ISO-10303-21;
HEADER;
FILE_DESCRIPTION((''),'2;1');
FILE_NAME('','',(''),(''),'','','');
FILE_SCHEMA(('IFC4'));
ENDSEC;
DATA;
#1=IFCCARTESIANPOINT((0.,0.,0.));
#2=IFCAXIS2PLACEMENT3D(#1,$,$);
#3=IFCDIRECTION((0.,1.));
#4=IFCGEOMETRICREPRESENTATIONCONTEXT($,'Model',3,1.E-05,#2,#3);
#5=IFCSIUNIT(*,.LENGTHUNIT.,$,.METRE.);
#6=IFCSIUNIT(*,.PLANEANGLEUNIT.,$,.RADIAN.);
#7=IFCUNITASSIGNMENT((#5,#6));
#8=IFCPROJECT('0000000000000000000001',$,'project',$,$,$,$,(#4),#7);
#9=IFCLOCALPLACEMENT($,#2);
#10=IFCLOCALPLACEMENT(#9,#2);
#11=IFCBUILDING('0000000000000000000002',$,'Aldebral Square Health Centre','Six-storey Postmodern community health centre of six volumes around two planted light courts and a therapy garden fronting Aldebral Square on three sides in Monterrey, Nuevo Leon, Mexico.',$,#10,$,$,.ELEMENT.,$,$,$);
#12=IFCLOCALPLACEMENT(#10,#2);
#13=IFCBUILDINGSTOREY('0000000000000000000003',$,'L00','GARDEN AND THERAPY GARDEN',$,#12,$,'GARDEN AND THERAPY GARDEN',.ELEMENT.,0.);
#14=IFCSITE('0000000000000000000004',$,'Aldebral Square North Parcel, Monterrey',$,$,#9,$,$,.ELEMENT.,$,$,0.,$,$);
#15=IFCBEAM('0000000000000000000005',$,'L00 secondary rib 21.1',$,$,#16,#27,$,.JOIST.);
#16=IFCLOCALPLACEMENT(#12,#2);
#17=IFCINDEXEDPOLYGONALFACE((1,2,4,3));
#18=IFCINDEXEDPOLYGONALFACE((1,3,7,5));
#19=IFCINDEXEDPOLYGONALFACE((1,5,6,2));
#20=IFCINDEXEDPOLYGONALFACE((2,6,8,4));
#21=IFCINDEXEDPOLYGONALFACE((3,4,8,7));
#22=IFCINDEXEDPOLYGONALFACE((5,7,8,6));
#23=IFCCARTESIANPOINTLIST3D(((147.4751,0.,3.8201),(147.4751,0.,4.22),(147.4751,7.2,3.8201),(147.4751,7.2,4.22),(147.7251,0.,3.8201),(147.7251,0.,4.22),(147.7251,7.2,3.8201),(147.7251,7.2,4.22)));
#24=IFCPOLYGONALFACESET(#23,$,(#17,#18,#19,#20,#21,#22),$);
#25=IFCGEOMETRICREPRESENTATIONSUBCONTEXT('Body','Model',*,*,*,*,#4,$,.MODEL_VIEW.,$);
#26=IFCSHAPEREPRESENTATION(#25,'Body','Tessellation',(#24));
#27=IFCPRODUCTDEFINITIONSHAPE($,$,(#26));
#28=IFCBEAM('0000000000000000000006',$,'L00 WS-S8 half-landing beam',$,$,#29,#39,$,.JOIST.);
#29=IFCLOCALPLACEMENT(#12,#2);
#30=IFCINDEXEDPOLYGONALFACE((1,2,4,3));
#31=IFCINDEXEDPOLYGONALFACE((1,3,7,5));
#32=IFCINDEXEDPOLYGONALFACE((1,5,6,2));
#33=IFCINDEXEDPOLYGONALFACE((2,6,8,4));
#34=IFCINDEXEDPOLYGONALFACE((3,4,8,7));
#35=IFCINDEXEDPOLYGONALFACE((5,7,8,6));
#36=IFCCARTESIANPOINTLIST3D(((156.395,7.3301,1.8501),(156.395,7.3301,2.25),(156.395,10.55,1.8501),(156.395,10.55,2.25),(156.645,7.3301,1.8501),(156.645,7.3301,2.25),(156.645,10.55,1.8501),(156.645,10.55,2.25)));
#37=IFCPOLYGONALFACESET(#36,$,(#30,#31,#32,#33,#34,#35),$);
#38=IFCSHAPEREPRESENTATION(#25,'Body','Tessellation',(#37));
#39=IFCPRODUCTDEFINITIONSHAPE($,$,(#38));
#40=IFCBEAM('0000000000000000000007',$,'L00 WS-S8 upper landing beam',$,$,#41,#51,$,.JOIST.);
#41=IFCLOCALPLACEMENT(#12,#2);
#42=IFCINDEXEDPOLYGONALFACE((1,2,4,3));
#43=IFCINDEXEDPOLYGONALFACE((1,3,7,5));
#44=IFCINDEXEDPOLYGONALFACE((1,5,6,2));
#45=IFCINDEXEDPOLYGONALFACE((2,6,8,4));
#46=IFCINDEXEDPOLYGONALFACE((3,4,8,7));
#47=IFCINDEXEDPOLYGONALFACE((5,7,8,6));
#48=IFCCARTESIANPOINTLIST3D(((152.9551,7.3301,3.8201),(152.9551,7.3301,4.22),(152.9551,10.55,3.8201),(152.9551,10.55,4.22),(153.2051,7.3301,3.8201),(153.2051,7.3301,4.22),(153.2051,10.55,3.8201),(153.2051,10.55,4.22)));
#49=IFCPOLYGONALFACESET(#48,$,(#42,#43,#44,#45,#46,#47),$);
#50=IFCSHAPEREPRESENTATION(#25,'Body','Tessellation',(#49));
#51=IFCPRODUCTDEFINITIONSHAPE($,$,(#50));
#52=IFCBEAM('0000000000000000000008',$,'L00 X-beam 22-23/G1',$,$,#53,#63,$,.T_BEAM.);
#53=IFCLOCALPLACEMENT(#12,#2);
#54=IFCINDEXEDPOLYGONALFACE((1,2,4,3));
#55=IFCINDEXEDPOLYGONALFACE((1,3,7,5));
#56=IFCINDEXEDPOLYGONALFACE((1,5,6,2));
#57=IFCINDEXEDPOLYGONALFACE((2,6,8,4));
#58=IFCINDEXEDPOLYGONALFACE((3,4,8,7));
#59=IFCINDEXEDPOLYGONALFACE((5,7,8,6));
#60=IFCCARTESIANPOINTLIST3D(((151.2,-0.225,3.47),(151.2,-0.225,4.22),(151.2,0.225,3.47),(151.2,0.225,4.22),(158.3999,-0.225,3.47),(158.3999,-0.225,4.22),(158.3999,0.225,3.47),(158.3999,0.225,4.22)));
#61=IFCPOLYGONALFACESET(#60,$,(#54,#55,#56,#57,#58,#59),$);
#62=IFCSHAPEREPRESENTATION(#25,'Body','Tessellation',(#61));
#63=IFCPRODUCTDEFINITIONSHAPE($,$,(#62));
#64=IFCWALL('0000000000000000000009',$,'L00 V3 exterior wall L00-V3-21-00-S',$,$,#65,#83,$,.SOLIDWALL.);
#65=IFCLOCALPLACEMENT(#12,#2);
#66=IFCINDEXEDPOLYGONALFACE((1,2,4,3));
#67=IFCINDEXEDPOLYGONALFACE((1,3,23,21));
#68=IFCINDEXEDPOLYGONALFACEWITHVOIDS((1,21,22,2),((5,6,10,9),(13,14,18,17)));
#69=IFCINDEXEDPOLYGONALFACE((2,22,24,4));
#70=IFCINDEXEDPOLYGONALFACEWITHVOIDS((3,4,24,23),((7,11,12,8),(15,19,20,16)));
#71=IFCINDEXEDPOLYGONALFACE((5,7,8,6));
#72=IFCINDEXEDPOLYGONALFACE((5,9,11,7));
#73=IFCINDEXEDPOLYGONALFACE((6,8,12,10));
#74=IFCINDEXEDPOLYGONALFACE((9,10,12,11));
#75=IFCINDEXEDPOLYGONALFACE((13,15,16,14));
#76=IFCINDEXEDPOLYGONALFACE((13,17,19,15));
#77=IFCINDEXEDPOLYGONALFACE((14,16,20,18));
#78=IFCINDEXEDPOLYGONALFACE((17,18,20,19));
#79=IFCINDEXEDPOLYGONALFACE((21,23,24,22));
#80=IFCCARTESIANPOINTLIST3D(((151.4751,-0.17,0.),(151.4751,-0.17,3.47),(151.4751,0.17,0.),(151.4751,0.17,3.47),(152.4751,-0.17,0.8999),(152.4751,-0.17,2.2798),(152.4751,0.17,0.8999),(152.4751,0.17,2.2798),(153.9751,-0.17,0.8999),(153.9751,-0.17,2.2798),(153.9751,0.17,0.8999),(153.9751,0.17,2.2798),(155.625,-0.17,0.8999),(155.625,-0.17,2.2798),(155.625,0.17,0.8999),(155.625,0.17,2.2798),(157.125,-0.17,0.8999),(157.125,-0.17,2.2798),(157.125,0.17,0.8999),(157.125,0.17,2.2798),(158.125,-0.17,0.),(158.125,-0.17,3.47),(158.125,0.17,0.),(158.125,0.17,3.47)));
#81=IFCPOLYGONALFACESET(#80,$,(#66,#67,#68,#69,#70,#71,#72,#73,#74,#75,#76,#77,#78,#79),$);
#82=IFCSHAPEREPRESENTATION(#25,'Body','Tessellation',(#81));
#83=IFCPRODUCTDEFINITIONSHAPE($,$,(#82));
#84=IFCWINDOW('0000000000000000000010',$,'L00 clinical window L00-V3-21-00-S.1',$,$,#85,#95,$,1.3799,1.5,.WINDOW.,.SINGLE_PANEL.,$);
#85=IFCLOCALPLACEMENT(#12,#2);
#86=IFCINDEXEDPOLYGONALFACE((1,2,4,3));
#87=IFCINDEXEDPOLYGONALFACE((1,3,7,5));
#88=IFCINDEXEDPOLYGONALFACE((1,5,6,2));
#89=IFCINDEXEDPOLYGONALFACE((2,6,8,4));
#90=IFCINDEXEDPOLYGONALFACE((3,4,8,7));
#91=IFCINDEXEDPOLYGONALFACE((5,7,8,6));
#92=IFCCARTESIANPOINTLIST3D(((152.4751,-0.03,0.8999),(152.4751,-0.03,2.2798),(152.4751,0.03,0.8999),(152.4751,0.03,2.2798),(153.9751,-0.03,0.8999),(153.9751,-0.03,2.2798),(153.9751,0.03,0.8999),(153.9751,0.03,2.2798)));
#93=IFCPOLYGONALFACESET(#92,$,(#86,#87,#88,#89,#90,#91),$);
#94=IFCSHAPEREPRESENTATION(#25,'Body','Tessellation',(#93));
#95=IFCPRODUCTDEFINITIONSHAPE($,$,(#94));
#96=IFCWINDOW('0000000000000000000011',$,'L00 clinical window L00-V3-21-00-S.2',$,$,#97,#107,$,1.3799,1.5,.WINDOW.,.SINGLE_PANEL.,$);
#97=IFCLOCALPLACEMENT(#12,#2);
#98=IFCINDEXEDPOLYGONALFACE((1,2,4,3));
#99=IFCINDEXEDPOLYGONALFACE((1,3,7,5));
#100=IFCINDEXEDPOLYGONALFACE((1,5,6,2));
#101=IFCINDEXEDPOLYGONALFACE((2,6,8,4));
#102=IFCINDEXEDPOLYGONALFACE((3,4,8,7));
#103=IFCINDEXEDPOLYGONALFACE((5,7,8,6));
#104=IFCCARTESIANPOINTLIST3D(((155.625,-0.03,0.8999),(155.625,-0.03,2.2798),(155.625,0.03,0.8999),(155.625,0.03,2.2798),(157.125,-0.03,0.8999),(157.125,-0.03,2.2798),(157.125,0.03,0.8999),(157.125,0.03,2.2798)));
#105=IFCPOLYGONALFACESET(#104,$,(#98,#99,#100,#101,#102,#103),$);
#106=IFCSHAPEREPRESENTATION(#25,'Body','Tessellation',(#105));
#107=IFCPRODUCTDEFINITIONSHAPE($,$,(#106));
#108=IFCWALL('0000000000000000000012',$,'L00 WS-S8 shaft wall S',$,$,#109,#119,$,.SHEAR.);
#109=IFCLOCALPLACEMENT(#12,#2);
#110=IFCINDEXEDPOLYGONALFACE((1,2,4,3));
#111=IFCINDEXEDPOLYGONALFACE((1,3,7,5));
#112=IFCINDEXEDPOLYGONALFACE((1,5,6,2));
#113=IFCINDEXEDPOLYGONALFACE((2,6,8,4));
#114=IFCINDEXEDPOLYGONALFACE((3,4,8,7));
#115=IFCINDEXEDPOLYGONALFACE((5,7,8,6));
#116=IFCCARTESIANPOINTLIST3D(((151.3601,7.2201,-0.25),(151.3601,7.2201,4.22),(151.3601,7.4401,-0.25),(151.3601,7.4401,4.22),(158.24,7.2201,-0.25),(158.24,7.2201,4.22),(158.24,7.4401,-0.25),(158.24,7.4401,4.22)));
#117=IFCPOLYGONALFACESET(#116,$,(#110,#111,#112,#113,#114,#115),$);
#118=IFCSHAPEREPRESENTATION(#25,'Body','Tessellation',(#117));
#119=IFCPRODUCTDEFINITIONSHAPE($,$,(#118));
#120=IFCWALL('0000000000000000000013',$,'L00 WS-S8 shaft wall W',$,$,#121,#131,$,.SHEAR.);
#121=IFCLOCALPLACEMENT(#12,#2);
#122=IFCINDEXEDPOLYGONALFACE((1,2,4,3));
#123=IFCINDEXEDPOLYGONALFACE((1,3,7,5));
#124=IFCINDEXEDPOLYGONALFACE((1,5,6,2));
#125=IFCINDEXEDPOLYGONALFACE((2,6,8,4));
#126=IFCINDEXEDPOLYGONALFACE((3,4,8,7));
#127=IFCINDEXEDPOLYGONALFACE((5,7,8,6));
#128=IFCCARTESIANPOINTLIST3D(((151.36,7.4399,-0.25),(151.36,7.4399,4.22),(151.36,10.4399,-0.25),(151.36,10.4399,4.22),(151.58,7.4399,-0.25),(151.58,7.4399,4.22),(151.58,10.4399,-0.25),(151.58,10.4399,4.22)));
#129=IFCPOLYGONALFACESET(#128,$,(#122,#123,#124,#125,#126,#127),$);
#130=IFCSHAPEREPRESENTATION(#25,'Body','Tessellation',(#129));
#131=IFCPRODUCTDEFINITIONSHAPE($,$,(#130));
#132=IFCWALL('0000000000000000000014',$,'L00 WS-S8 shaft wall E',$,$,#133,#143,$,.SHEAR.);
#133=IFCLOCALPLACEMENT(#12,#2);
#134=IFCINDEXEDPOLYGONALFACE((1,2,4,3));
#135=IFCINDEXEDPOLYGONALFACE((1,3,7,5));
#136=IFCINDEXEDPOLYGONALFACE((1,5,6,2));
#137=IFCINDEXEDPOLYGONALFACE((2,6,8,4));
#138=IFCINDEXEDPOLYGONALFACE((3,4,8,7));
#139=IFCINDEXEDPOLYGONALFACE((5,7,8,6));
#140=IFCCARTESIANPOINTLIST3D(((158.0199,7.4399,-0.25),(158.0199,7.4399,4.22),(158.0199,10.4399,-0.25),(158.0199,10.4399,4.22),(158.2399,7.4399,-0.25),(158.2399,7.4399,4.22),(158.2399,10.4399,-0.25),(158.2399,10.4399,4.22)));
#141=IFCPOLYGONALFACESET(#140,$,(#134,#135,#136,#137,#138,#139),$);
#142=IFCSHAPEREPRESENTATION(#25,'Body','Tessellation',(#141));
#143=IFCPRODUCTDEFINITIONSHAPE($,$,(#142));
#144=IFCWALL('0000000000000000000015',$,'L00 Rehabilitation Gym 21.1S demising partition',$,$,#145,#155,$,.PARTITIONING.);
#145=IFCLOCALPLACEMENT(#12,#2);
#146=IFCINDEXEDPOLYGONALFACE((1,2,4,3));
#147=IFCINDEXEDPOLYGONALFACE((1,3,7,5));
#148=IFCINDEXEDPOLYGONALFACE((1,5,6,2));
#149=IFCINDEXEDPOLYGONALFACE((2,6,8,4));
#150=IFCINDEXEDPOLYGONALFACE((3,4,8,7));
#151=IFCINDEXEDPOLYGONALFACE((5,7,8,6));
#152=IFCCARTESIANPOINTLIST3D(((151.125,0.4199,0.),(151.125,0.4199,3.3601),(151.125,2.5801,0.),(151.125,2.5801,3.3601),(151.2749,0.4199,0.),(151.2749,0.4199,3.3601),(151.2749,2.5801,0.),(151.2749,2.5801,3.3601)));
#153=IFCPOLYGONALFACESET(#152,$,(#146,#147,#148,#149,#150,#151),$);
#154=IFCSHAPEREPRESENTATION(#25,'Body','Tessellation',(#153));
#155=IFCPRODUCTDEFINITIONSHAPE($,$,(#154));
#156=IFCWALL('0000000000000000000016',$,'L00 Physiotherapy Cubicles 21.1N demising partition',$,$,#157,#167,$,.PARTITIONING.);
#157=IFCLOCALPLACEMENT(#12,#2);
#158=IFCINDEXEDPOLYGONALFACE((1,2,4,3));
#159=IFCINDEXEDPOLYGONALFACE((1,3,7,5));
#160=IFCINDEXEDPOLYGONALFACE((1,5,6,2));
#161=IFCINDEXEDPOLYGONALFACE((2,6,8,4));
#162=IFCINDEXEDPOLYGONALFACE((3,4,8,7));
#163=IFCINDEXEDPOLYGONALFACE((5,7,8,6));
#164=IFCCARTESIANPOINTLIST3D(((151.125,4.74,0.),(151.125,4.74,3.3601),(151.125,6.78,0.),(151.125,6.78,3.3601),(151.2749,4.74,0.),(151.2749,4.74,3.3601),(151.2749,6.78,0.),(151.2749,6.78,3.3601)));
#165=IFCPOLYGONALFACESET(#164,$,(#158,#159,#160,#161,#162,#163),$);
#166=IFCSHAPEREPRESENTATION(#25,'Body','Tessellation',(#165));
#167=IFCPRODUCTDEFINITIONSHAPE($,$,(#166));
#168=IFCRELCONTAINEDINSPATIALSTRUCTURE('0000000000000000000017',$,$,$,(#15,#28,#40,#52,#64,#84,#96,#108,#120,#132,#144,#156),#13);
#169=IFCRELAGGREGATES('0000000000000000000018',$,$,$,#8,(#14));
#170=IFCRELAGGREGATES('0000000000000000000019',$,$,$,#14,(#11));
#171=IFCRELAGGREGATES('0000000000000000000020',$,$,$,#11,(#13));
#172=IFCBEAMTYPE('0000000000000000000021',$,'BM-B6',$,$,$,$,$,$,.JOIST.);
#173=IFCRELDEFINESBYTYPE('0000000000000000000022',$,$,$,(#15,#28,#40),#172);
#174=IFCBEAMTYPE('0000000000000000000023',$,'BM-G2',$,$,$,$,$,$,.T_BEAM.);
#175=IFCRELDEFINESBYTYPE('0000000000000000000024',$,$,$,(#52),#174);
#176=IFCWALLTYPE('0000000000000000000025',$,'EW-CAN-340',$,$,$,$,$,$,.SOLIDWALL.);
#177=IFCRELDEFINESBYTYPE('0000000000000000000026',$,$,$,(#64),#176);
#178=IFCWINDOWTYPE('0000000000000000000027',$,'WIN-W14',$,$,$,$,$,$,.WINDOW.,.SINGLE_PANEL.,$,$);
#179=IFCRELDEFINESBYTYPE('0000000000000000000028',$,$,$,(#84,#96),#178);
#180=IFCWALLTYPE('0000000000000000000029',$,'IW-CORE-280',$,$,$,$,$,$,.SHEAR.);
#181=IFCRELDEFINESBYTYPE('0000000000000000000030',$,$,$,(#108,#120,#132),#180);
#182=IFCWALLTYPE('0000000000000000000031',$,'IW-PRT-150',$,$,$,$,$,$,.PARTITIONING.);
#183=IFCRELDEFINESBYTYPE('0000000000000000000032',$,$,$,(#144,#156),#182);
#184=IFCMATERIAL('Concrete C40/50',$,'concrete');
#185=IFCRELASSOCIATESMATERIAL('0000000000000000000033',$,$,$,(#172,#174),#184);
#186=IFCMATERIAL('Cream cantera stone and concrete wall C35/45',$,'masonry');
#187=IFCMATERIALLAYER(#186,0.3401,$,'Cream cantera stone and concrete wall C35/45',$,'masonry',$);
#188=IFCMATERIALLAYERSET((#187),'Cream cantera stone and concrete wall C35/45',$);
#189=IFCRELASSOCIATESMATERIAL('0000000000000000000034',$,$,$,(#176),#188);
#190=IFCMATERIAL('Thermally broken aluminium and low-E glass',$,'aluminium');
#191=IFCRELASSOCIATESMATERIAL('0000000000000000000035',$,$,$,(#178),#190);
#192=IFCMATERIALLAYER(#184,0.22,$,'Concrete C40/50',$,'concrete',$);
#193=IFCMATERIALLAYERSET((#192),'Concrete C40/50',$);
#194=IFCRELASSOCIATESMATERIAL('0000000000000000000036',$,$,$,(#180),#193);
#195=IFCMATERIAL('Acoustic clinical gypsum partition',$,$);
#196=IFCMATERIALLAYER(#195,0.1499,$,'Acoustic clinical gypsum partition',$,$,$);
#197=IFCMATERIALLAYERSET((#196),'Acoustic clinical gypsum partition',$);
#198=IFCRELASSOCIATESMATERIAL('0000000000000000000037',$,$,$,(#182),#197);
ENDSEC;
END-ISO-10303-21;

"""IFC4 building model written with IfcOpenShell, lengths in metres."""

from ifc_helpers import new_model, si_unit, direction, frame, frame_2d, origin, origin_2d, place, context, subcontext, project, spatial, rectangle, extrude, material, layer, layer_set, material_profile, profile_set, type_object, element, fill, save


model = new_model("IFC4")

# Units and contexts
model_context = context("Model", 3, precision=1e-05, world=origin(), true_north=direction((0.0, 1.0)))
body_context = subcontext(model_context, "Body", "Model", "MODEL_VIEW")
ifc_project = project(units=[si_unit("LENGTHUNIT", "METRE"), si_unit("PLANEANGLEUNIT", "RADIAN")], contexts=[model_context])

# Site, building, storey
site_placement = place(None, origin())
site = spatial("IfcSite", under=ifc_project, at=site_placement, Name="Aldebral Square North Parcel, Monterrey", CompositionType="ELEMENT", RefElevation=0.0)
building_placement = place(site_placement, origin())
building = spatial("IfcBuilding", under=site, at=building_placement, Name="Aldebral Square Health Centre", Description="Six-storey Postmodern community health centre of six volumes around two planted light courts and a therapy garden fronting Aldebral Square on three sides in Monterrey, Nuevo Leon, Mexico.", CompositionType="ELEMENT")
storey_placement = place(building_placement, origin())
storey = spatial("IfcBuildingStorey", under=building, at=storey_placement, Name="L00", Description="GARDEN AND THERAPY GARDEN", LongName="GARDEN AND THERAPY GARDEN", CompositionType="ELEMENT", Elevation=0.0)

# Shared definitions
ifc_material_1 = material(Name="Concrete C40/50", Category="concrete")

# Beams
ifc_material_profile_1 = material_profile(ifc_material_1, rectangle(XDim=0.25, YDim=0.3999, at=origin_2d()), Name="RC 250x400")
ifc_profile_set_1 = profile_set([ifc_material_profile_1], Name="Concrete C40/50")
beam_type_1 = type_object("IfcBeamType", Name="BM-B6", PredefinedType="JOIST", material=ifc_profile_set_1)
beam_1_placement = place(storey_placement, frame((147.6001, 0.0, 4.02), z_axis=(0.0, 1.0, 0.0), x_axis=(-1.0, 0.0, 0.0)))
element("IfcBeam", 1, at=beam_1_placement, inside=storey, type_object=beam_type_1, Name="L00 secondary rib 21.1", PredefinedType="JOIST", context=body_context, shape_type="SweptSolid", body=[
    extrude(rectangle(XDim=0.25, YDim=0.3999, at=origin_2d()), origin(), (0.0, 0.0, 1.0), 7.2),
])
for number, where, z_axis, x_axis, name in (
    (2, (156.52, 7.3301, 2.05), (0.0, 1.0, 0.0), (-1.0, 0.0, 0.0), "L00 WS-S8 half-landing beam"),
    (3, (153.0801, 7.3301, 4.02), (0.0, 1.0, 0.0), (-1.0, 0.0, 0.0), "L00 WS-S8 upper landing beam"),
):
    element("IfcBeam", number, at=place(storey_placement, frame(where, z_axis=z_axis, x_axis=x_axis)), inside=storey, type_object=beam_type_1, Name=name, PredefinedType="JOIST", context=body_context, shape_type="SweptSolid", body=[
        extrude(rectangle(XDim=0.25, YDim=0.3999, at=origin_2d()), origin(), (0.0, 0.0, 1.0), 3.22),
    ])
ifc_material_profile_2 = material_profile(ifc_material_1, rectangle(XDim=0.45, YDim=0.75, at=origin_2d()), Name="RC 450x750")
ifc_profile_set_2 = profile_set([ifc_material_profile_2], Name="Concrete C40/50")
beam_type_2 = type_object("IfcBeamType", Name="BM-G2", PredefinedType="T_BEAM", material=ifc_profile_set_2)
beam_2_placement = place(storey_placement, frame((151.2, 0.0, 3.845), z_axis=(1.0, 0.0, 0.0), x_axis=(0.0, 1.0, 0.0)))
element("IfcBeam", 4, at=beam_2_placement, inside=storey, type_object=beam_type_2, Name="L00 X-beam 22-23/G1", PredefinedType="T_BEAM", context=body_context, shape_type="SweptSolid", body=[
    extrude(rectangle(XDim=0.45, YDim=0.75, at=origin_2d()), origin(), (0.0, 0.0, 1.0), 7.2),
])

# Wall, openings, windows
ifc_material_2 = material(Name="Cream cantera stone and concrete wall C35/45", Category="masonry")
ifc_layer_1 = layer(ifc_material_2, 0.3401, Name="Cream cantera stone and concrete wall C35/45", Category="masonry")
ifc_layer_set_1 = layer_set([ifc_layer_1], Name="Cream cantera stone and concrete wall C35/45")
wall_type_1 = type_object("IfcWallType", Name="EW-CAN-340", PredefinedType="SOLIDWALL", material=ifc_layer_set_1)
wall_1_placement = place(storey_placement, frame((151.4751, 0.0, 0.0), z_axis=(0.0, 0.0, 1.0), x_axis=(1.0, 0.0, 0.0)))
wall_1 = element("IfcWall", 5, at=wall_1_placement, inside=storey, type_object=wall_type_1, Name="L00 V3 exterior wall L00-V3-21-00-S", PredefinedType="SOLIDWALL", context=body_context, shape_type="SweptSolid", body=[
    extrude(rectangle(XDim=6.6499, YDim=0.3401, at=frame_2d((3.325, 0.0))), origin(), (0.0, 0.0, 1.0), 3.47),
])
opening_1_placement = place(wall_1_placement, frame((1.0, 0.0, 0.8999)))
opening_1 = element("IfcOpeningElement", 6, at=opening_1_placement, cuts=wall_1, PredefinedType="OPENING", context=body_context, shape_type="SweptSolid", body=[
    extrude(rectangle(XDim=1.5, YDim=1.3799, at=frame_2d((0.75, 0.6899))), frame((0.0, 0.1802, 0.0), z_axis=(0.0, -1.0, 0.0), x_axis=(1.0, 0.0, 0.0)), (0.0, 0.0, 1.0), 0.3601),
])
opening_2_placement = place(wall_1_placement, frame((4.1499, 0.0, 0.8999)))
opening_2 = element("IfcOpeningElement", 7, at=opening_2_placement, cuts=wall_1, PredefinedType="OPENING", context=body_context, shape_type="SweptSolid", body=[
    extrude(rectangle(XDim=1.5, YDim=1.3799, at=frame_2d((0.75, 0.6899))), frame((0.0, 0.1802, 0.0), z_axis=(0.0, -1.0, 0.0), x_axis=(1.0, 0.0, 0.0)), (0.0, 0.0, 1.0), 0.3601),
])
ifc_material_3 = material(Name="Thermally broken aluminium and low-E glass", Category="aluminium")
window_type = type_object("IfcWindowType", Name="WIN-W14", PartitioningType="SINGLE_PANEL", PredefinedType="WINDOW", material=ifc_material_3)
window_1_placement = place(opening_1_placement, origin())
window_1 = element("IfcWindow", 8, at=window_1_placement, inside=storey, type_object=window_type, Name="L00 clinical window L00-V3-21-00-S.1", OverallHeight=1.3799, OverallWidth=1.5, PartitioningType="SINGLE_PANEL", PredefinedType="WINDOW", context=body_context, shape_type="SweptSolid", body=[
    extrude(rectangle(XDim=1.5, YDim=1.3799, at=frame_2d((0.75, 0.6899))), frame((0.0, 0.03, 0.0), z_axis=(0.0, -1.0, 0.0), x_axis=(1.0, 0.0, 0.0)), (0.0, 0.0, 1.0), 0.0601),
])
fill(opening_1, window_1)
window_2_placement = place(opening_2_placement, origin())
window_2 = element("IfcWindow", 9, at=window_2_placement, inside=storey, type_object=window_type, Name="L00 clinical window L00-V3-21-00-S.2", OverallHeight=1.3799, OverallWidth=1.5, PartitioningType="SINGLE_PANEL", PredefinedType="WINDOW", context=body_context, shape_type="SweptSolid", body=[
    extrude(rectangle(XDim=1.5, YDim=1.3799, at=frame_2d((0.75, 0.6899))), frame((0.0, 0.03, 0.0), z_axis=(0.0, -1.0, 0.0), x_axis=(1.0, 0.0, 0.0)), (0.0, 0.0, 1.0), 0.0601),
])
fill(opening_2, window_2)

# Walls
ifc_layer_2 = layer(ifc_material_1, 0.22, Name="Concrete C40/50", Category="concrete")
ifc_layer_set_2 = layer_set([ifc_layer_2], Name="Concrete C40/50")
wall_type_2 = type_object("IfcWallType", Name="IW-CORE-280", PredefinedType="SHEAR", material=ifc_layer_set_2)
wall_2_placement = place(storey_placement, frame((151.3601, 7.3301, -0.25), z_axis=(0.0, 0.0, 1.0), x_axis=(1.0, 0.0, 0.0)))
element("IfcWall", 10, at=wall_2_placement, inside=storey, type_object=wall_type_2, Name="L00 WS-S8 shaft wall S", PredefinedType="SHEAR", context=body_context, shape_type="SweptSolid", body=[
    extrude(rectangle(XDim=6.8799, YDim=0.22, at=frame_2d((3.4399, 0.0))), origin(), (0.0, 0.0, 1.0), 4.47),
])
for number, where, z_axis, x_axis, name in (
    (11, (151.47, 7.4399, -0.25), (0.0, 0.0, 1.0), (0.0, 1.0, 0.0), "L00 WS-S8 shaft wall W"),
    (12, (158.1299, 7.4399, -0.25), (0.0, 0.0, 1.0), (0.0, 1.0, 0.0), "L00 WS-S8 shaft wall E"),
):
    element("IfcWall", number, at=place(storey_placement, frame(where, z_axis=z_axis, x_axis=x_axis)), inside=storey, type_object=wall_type_2, Name=name, PredefinedType="SHEAR", context=body_context, shape_type="SweptSolid", body=[
        extrude(rectangle(XDim=3.0, YDim=0.22, at=frame_2d((1.5, 0.0))), origin(), (0.0, 0.0, 1.0), 4.47),
    ])

# Walls
ifc_material_4 = material(Name="Acoustic clinical gypsum partition")
ifc_layer_3 = layer(ifc_material_4, 0.1499, Name="Acoustic clinical gypsum partition")
ifc_layer_set_3 = layer_set([ifc_layer_3], Name="Acoustic clinical gypsum partition")
wall_type_3 = type_object("IfcWallType", Name="IW-PRT-150", PredefinedType="PARTITIONING", material=ifc_layer_set_3)
wall_3_placement = place(storey_placement, frame((151.2, 0.4199, 0.0), z_axis=(0.0, 0.0, 1.0), x_axis=(0.0, 1.0, 0.0)))
element("IfcWall", 13, at=wall_3_placement, inside=storey, type_object=wall_type_3, Name="L00 Rehabilitation Gym 21.1S demising partition", PredefinedType="PARTITIONING", context=body_context, shape_type="SweptSolid", body=[
    extrude(rectangle(XDim=2.1602, YDim=0.1499, at=frame_2d((1.0801, 0.0))), origin(), (0.0, 0.0, 1.0), 3.3601),
])
wall_4_placement = place(storey_placement, frame((151.2, 4.74, 0.0), z_axis=(0.0, 0.0, 1.0), x_axis=(0.0, 1.0, 0.0)))
element("IfcWall", 14, at=wall_4_placement, inside=storey, type_object=wall_type_3, Name="L00 Physiotherapy Cubicles 21.1N demising partition", PredefinedType="PARTITIONING", context=body_context, shape_type="SweptSolid", body=[
    extrude(rectangle(XDim=2.04, YDim=0.1499, at=frame_2d((1.02, 0.0))), origin(), (0.0, 0.0, 1.0), 3.3601),
])

save(model, "model.ifc")
